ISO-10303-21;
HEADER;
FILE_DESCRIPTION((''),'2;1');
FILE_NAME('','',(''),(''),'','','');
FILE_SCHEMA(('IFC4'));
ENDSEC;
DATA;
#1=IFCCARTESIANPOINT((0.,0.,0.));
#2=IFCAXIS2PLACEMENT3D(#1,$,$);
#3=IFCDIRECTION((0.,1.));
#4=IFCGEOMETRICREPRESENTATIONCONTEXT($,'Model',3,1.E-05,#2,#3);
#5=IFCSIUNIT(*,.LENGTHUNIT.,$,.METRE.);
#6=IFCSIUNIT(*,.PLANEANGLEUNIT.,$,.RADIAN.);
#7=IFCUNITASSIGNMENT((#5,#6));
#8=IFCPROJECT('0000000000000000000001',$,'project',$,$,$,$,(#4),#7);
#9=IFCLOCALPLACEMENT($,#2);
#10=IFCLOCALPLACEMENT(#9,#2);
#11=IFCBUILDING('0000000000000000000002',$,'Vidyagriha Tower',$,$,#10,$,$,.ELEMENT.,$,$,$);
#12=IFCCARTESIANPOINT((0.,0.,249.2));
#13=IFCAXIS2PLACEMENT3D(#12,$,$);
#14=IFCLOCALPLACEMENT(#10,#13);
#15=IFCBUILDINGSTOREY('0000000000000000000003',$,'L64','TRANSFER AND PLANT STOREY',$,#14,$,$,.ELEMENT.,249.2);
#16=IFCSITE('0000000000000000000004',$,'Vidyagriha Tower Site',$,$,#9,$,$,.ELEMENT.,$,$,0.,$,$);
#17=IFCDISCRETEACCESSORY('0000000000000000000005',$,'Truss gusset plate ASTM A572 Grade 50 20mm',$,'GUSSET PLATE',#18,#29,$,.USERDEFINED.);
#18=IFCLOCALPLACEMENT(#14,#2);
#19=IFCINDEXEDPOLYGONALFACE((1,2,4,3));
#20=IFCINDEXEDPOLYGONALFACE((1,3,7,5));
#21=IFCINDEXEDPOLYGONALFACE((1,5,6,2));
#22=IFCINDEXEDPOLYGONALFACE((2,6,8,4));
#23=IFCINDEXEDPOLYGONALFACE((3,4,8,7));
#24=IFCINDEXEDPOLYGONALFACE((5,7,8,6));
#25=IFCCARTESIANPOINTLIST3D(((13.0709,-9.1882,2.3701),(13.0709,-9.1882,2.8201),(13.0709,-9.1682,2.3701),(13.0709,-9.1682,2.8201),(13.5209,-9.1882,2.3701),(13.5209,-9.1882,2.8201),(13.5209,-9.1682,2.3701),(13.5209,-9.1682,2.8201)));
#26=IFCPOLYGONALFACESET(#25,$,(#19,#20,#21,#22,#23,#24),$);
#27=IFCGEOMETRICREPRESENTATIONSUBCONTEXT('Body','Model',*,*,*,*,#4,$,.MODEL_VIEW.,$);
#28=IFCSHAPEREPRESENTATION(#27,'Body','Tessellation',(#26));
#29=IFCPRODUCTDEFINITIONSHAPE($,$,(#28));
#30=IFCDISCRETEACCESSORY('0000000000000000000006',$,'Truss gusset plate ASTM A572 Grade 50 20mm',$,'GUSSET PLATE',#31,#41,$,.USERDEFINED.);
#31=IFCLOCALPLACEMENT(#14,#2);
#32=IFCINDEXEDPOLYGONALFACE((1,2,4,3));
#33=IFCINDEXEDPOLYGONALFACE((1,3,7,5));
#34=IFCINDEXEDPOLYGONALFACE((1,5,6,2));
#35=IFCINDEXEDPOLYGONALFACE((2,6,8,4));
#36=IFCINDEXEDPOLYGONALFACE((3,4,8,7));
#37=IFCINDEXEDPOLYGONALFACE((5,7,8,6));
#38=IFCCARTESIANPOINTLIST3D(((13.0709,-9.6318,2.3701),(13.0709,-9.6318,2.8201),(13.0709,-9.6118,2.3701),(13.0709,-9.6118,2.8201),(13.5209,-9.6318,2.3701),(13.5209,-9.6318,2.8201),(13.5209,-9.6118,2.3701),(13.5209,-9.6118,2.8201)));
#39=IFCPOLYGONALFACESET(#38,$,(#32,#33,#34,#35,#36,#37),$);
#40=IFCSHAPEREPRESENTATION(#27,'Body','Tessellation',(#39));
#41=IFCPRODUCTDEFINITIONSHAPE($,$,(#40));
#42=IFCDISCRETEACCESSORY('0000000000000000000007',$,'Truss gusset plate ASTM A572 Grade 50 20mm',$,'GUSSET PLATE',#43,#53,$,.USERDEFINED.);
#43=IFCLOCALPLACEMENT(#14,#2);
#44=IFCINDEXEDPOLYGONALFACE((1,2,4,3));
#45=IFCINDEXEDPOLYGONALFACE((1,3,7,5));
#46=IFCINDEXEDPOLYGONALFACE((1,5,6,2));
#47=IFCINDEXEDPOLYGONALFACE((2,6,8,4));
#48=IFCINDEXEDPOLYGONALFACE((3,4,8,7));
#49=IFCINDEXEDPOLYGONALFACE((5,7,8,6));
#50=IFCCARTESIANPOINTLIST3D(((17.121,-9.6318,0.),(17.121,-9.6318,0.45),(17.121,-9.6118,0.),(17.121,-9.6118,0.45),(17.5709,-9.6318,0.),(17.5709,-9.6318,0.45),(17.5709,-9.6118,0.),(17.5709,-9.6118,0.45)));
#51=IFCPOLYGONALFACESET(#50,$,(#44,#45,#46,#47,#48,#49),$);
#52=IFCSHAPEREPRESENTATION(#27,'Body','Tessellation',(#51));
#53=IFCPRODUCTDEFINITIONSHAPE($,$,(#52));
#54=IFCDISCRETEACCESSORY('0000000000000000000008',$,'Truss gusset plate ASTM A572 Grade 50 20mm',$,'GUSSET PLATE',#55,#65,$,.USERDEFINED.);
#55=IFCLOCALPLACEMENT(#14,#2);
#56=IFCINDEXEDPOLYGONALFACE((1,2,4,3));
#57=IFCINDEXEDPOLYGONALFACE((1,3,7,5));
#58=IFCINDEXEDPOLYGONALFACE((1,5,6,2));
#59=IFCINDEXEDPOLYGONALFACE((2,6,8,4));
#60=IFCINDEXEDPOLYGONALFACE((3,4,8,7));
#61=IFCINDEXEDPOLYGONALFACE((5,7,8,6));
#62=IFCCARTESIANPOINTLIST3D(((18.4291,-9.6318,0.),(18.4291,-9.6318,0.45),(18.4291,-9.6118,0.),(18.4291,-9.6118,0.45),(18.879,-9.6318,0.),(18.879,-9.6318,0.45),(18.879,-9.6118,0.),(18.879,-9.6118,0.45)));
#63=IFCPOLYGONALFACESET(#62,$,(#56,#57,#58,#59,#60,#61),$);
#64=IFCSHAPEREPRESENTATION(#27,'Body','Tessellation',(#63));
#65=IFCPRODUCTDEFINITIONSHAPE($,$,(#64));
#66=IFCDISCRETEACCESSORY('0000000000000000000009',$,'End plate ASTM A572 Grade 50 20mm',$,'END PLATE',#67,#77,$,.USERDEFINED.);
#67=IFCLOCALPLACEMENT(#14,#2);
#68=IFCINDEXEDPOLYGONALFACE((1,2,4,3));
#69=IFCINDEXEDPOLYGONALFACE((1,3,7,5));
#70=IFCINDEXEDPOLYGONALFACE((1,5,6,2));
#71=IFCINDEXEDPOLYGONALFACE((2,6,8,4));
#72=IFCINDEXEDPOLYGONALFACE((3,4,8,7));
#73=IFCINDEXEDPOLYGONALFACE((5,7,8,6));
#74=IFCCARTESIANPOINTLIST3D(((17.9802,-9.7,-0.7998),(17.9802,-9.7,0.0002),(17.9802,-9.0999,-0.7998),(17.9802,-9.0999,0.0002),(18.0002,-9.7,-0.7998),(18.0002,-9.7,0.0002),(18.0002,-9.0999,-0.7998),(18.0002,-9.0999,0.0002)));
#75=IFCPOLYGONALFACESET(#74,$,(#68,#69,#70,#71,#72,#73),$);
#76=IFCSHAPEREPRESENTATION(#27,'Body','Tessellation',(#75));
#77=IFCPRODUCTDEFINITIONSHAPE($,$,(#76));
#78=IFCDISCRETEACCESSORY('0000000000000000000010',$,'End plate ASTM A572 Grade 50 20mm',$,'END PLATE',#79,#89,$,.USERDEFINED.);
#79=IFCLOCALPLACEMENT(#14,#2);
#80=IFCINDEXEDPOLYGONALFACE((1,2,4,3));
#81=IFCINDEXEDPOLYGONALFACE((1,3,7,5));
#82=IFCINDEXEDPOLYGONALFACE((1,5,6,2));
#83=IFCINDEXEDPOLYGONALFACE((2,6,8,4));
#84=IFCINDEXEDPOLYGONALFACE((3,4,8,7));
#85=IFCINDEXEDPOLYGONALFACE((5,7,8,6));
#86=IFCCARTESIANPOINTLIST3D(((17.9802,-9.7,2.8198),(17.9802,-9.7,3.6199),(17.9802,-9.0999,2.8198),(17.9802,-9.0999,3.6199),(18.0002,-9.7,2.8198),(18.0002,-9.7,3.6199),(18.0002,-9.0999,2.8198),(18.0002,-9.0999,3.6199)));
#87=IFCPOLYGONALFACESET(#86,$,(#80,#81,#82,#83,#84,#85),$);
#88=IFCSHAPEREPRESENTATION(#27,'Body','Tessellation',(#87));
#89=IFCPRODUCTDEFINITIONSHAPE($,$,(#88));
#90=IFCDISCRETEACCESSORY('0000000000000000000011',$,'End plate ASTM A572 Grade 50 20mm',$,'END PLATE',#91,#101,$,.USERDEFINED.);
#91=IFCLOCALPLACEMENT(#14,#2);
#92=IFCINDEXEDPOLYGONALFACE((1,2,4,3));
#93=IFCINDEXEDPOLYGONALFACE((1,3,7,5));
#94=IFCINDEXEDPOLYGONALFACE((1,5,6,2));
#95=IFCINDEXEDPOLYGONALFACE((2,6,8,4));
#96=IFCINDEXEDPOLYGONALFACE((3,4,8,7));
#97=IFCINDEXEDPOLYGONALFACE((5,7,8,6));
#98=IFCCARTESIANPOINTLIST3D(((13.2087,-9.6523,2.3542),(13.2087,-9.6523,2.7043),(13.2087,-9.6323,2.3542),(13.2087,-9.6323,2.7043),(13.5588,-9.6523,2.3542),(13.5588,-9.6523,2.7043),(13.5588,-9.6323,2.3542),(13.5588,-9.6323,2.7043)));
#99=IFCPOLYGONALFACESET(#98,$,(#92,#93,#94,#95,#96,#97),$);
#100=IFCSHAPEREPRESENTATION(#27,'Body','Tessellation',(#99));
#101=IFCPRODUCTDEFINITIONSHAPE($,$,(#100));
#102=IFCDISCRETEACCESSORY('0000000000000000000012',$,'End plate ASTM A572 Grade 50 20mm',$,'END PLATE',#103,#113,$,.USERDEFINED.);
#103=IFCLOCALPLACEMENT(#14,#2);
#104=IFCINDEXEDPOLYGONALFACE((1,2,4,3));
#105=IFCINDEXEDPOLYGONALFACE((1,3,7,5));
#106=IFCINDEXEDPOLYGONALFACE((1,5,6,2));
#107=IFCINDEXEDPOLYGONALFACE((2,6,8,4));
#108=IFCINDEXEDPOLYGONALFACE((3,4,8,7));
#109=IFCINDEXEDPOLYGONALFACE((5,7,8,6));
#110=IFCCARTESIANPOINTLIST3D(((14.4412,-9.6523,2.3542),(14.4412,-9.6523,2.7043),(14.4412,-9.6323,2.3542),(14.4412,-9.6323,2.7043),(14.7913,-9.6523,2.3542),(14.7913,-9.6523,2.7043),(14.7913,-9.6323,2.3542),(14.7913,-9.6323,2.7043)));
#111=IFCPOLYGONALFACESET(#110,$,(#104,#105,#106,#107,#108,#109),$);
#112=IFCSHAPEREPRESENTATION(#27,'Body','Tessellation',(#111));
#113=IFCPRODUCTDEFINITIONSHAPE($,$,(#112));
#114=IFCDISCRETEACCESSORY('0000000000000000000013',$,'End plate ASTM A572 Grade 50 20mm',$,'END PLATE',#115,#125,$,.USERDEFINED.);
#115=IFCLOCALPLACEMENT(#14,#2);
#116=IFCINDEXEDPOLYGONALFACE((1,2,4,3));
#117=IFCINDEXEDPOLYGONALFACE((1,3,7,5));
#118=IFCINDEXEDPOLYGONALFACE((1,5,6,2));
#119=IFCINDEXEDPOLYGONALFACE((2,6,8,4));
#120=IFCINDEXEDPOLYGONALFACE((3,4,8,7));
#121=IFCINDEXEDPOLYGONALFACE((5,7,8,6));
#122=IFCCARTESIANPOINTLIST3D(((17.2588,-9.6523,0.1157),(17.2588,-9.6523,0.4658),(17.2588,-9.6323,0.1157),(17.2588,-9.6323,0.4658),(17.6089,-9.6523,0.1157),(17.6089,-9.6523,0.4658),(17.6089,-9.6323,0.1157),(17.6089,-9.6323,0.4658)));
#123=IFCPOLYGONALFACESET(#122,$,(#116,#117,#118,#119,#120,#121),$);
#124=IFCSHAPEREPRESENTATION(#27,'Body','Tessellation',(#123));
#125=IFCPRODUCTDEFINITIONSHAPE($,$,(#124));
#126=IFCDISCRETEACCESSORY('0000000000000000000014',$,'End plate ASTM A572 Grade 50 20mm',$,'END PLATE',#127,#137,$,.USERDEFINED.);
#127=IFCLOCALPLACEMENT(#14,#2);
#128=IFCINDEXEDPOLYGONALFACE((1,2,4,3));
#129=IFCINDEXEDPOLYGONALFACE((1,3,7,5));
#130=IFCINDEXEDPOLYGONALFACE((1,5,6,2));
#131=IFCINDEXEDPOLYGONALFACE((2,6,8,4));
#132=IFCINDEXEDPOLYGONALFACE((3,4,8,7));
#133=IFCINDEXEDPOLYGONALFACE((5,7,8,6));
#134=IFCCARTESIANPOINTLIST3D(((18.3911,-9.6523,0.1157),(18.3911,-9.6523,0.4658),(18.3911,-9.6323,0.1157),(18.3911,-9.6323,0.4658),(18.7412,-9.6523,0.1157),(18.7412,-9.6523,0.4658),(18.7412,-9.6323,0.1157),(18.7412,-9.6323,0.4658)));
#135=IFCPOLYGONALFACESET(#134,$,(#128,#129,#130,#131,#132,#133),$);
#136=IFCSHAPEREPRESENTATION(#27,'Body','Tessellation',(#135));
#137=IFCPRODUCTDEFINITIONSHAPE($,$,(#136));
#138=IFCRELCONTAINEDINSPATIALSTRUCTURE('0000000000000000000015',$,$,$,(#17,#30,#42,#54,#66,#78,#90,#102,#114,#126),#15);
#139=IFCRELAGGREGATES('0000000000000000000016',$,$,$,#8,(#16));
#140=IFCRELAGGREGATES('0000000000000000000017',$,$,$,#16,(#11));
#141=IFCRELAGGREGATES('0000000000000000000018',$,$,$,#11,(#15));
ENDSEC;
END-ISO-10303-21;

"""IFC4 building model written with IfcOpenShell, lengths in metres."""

from ifc_helpers import new_model, si_unit, direction, frame, origin, origin_2d, place, context, subcontext, project, spatial, rectangle, extrude, element, save


model = new_model("IFC4")

# Units and contexts
model_context = context("Model", 3, precision=1e-05, world=origin(), true_north=direction((0.0, 1.0)))
body_context = subcontext(model_context, "Body", "Model", "MODEL_VIEW")
ifc_project = project(units=[si_unit("LENGTHUNIT", "METRE"), si_unit("PLANEANGLEUNIT", "RADIAN")], contexts=[model_context])

# Site, building, storey
site_placement = place(None, origin())
site = spatial("IfcSite", under=ifc_project, at=site_placement, Name="Vidyagriha Tower Site", CompositionType="ELEMENT", RefElevation=0.0)
building_placement = place(site_placement, origin())
building = spatial("IfcBuilding", under=site, at=building_placement, Name="Vidyagriha Tower", CompositionType="ELEMENT")
storey_placement = place(building_placement, frame((0.0, 0.0, 249.2)))
storey = spatial("IfcBuildingStorey", under=building, at=storey_placement, Name="L64", Description="TRANSFER AND PLANT STOREY", CompositionType="ELEMENT", Elevation=249.2)

# Discrete accessories
for number, where, name in (
    (1, (13.2959, -9.1782, 2.3701), "Truss gusset plate ASTM A572 Grade 50 20mm"),
    (2, (13.2959, -9.6218, 2.3701), "Truss gusset plate ASTM A572 Grade 50 20mm"),
    (3, (17.3459, -9.6218, 0.0), "Truss gusset plate ASTM A572 Grade 50 20mm"),
    (4, (18.6541, -9.6218, 0.0), "Truss gusset plate ASTM A572 Grade 50 20mm"),
):
    element("IfcDiscreteAccessory", number, at=place(storey_placement, frame(where)), inside=storey, Name=name, ObjectType="GUSSET PLATE", PredefinedType="USERDEFINED", context=body_context, shape_type="SweptSolid", body=[
        extrude(rectangle(XDim=0.45, YDim=0.02, at=origin_2d()), origin(), (0.0, 0.0, 1.0), 0.45),
    ])
for number, where, name in (
    (5, (17.9902, -9.3999, -0.7998), "End plate ASTM A572 Grade 50 20mm"),
    (6, (17.9902, -9.3999, 2.8198), "End plate ASTM A572 Grade 50 20mm"),
):
    element("IfcDiscreteAccessory", number, at=place(storey_placement, frame(where)), inside=storey, Name=name, ObjectType="END PLATE", PredefinedType="USERDEFINED", context=body_context, shape_type="SweptSolid", body=[
        extrude(rectangle(XDim=0.02, YDim=0.6001, at=origin_2d()), origin(), (0.0, 0.0, 1.0), 0.8),
    ])
discrete_accessory_1_placement = place(storey_placement, frame((13.3838, -9.6423, 2.3542)))
element("IfcDiscreteAccessory", 7, at=discrete_accessory_1_placement, inside=storey, Name="End plate ASTM A572 Grade 50 20mm", ObjectType="END PLATE", PredefinedType="USERDEFINED", context=body_context, shape_type="SweptSolid", body=[
    extrude(rectangle(XDim=0.3501, YDim=0.02, at=origin_2d()), origin(), (0.0, 0.0, 1.0), 0.3501),
])
discrete_accessory_2_placement = place(storey_placement, frame((14.6162, -9.6423, 2.3542), z_axis=(0.0, 0.0, 1.0), x_axis=(-1.0, 0.0, 0.0)))
element("IfcDiscreteAccessory", 8, at=discrete_accessory_2_placement, inside=storey, Name="End plate ASTM A572 Grade 50 20mm", ObjectType="END PLATE", PredefinedType="USERDEFINED", context=body_context, shape_type="SweptSolid", body=[
    extrude(rectangle(XDim=0.3501, YDim=0.02, at=origin_2d()), origin(), (0.0, 0.0, 1.0), 0.3501),
])
discrete_accessory_3_placement = place(storey_placement, frame((17.4338, -9.6423, 0.1157)))
element("IfcDiscreteAccessory", 9, at=discrete_accessory_3_placement, inside=storey, Name="End plate ASTM A572 Grade 50 20mm", ObjectType="END PLATE", PredefinedType="USERDEFINED", context=body_context, shape_type="SweptSolid", body=[
    extrude(rectangle(XDim=0.3501, YDim=0.02, at=origin_2d()), origin(), (0.0, 0.0, 1.0), 0.3501),
])
discrete_accessory_4_placement = place(storey_placement, frame((18.5662, -9.6423, 0.1157), z_axis=(0.0, 0.0, 1.0), x_axis=(-1.0, 0.0, 0.0)))
element("IfcDiscreteAccessory", 10, at=discrete_accessory_4_placement, inside=storey, Name="End plate ASTM A572 Grade 50 20mm", ObjectType="END PLATE", PredefinedType="USERDEFINED", context=body_context, shape_type="SweptSolid", body=[
    extrude(rectangle(XDim=0.3501, YDim=0.02, at=origin_2d()), origin(), (0.0, 0.0, 1.0), 0.3501),
])

save(model, "model.ifc")
